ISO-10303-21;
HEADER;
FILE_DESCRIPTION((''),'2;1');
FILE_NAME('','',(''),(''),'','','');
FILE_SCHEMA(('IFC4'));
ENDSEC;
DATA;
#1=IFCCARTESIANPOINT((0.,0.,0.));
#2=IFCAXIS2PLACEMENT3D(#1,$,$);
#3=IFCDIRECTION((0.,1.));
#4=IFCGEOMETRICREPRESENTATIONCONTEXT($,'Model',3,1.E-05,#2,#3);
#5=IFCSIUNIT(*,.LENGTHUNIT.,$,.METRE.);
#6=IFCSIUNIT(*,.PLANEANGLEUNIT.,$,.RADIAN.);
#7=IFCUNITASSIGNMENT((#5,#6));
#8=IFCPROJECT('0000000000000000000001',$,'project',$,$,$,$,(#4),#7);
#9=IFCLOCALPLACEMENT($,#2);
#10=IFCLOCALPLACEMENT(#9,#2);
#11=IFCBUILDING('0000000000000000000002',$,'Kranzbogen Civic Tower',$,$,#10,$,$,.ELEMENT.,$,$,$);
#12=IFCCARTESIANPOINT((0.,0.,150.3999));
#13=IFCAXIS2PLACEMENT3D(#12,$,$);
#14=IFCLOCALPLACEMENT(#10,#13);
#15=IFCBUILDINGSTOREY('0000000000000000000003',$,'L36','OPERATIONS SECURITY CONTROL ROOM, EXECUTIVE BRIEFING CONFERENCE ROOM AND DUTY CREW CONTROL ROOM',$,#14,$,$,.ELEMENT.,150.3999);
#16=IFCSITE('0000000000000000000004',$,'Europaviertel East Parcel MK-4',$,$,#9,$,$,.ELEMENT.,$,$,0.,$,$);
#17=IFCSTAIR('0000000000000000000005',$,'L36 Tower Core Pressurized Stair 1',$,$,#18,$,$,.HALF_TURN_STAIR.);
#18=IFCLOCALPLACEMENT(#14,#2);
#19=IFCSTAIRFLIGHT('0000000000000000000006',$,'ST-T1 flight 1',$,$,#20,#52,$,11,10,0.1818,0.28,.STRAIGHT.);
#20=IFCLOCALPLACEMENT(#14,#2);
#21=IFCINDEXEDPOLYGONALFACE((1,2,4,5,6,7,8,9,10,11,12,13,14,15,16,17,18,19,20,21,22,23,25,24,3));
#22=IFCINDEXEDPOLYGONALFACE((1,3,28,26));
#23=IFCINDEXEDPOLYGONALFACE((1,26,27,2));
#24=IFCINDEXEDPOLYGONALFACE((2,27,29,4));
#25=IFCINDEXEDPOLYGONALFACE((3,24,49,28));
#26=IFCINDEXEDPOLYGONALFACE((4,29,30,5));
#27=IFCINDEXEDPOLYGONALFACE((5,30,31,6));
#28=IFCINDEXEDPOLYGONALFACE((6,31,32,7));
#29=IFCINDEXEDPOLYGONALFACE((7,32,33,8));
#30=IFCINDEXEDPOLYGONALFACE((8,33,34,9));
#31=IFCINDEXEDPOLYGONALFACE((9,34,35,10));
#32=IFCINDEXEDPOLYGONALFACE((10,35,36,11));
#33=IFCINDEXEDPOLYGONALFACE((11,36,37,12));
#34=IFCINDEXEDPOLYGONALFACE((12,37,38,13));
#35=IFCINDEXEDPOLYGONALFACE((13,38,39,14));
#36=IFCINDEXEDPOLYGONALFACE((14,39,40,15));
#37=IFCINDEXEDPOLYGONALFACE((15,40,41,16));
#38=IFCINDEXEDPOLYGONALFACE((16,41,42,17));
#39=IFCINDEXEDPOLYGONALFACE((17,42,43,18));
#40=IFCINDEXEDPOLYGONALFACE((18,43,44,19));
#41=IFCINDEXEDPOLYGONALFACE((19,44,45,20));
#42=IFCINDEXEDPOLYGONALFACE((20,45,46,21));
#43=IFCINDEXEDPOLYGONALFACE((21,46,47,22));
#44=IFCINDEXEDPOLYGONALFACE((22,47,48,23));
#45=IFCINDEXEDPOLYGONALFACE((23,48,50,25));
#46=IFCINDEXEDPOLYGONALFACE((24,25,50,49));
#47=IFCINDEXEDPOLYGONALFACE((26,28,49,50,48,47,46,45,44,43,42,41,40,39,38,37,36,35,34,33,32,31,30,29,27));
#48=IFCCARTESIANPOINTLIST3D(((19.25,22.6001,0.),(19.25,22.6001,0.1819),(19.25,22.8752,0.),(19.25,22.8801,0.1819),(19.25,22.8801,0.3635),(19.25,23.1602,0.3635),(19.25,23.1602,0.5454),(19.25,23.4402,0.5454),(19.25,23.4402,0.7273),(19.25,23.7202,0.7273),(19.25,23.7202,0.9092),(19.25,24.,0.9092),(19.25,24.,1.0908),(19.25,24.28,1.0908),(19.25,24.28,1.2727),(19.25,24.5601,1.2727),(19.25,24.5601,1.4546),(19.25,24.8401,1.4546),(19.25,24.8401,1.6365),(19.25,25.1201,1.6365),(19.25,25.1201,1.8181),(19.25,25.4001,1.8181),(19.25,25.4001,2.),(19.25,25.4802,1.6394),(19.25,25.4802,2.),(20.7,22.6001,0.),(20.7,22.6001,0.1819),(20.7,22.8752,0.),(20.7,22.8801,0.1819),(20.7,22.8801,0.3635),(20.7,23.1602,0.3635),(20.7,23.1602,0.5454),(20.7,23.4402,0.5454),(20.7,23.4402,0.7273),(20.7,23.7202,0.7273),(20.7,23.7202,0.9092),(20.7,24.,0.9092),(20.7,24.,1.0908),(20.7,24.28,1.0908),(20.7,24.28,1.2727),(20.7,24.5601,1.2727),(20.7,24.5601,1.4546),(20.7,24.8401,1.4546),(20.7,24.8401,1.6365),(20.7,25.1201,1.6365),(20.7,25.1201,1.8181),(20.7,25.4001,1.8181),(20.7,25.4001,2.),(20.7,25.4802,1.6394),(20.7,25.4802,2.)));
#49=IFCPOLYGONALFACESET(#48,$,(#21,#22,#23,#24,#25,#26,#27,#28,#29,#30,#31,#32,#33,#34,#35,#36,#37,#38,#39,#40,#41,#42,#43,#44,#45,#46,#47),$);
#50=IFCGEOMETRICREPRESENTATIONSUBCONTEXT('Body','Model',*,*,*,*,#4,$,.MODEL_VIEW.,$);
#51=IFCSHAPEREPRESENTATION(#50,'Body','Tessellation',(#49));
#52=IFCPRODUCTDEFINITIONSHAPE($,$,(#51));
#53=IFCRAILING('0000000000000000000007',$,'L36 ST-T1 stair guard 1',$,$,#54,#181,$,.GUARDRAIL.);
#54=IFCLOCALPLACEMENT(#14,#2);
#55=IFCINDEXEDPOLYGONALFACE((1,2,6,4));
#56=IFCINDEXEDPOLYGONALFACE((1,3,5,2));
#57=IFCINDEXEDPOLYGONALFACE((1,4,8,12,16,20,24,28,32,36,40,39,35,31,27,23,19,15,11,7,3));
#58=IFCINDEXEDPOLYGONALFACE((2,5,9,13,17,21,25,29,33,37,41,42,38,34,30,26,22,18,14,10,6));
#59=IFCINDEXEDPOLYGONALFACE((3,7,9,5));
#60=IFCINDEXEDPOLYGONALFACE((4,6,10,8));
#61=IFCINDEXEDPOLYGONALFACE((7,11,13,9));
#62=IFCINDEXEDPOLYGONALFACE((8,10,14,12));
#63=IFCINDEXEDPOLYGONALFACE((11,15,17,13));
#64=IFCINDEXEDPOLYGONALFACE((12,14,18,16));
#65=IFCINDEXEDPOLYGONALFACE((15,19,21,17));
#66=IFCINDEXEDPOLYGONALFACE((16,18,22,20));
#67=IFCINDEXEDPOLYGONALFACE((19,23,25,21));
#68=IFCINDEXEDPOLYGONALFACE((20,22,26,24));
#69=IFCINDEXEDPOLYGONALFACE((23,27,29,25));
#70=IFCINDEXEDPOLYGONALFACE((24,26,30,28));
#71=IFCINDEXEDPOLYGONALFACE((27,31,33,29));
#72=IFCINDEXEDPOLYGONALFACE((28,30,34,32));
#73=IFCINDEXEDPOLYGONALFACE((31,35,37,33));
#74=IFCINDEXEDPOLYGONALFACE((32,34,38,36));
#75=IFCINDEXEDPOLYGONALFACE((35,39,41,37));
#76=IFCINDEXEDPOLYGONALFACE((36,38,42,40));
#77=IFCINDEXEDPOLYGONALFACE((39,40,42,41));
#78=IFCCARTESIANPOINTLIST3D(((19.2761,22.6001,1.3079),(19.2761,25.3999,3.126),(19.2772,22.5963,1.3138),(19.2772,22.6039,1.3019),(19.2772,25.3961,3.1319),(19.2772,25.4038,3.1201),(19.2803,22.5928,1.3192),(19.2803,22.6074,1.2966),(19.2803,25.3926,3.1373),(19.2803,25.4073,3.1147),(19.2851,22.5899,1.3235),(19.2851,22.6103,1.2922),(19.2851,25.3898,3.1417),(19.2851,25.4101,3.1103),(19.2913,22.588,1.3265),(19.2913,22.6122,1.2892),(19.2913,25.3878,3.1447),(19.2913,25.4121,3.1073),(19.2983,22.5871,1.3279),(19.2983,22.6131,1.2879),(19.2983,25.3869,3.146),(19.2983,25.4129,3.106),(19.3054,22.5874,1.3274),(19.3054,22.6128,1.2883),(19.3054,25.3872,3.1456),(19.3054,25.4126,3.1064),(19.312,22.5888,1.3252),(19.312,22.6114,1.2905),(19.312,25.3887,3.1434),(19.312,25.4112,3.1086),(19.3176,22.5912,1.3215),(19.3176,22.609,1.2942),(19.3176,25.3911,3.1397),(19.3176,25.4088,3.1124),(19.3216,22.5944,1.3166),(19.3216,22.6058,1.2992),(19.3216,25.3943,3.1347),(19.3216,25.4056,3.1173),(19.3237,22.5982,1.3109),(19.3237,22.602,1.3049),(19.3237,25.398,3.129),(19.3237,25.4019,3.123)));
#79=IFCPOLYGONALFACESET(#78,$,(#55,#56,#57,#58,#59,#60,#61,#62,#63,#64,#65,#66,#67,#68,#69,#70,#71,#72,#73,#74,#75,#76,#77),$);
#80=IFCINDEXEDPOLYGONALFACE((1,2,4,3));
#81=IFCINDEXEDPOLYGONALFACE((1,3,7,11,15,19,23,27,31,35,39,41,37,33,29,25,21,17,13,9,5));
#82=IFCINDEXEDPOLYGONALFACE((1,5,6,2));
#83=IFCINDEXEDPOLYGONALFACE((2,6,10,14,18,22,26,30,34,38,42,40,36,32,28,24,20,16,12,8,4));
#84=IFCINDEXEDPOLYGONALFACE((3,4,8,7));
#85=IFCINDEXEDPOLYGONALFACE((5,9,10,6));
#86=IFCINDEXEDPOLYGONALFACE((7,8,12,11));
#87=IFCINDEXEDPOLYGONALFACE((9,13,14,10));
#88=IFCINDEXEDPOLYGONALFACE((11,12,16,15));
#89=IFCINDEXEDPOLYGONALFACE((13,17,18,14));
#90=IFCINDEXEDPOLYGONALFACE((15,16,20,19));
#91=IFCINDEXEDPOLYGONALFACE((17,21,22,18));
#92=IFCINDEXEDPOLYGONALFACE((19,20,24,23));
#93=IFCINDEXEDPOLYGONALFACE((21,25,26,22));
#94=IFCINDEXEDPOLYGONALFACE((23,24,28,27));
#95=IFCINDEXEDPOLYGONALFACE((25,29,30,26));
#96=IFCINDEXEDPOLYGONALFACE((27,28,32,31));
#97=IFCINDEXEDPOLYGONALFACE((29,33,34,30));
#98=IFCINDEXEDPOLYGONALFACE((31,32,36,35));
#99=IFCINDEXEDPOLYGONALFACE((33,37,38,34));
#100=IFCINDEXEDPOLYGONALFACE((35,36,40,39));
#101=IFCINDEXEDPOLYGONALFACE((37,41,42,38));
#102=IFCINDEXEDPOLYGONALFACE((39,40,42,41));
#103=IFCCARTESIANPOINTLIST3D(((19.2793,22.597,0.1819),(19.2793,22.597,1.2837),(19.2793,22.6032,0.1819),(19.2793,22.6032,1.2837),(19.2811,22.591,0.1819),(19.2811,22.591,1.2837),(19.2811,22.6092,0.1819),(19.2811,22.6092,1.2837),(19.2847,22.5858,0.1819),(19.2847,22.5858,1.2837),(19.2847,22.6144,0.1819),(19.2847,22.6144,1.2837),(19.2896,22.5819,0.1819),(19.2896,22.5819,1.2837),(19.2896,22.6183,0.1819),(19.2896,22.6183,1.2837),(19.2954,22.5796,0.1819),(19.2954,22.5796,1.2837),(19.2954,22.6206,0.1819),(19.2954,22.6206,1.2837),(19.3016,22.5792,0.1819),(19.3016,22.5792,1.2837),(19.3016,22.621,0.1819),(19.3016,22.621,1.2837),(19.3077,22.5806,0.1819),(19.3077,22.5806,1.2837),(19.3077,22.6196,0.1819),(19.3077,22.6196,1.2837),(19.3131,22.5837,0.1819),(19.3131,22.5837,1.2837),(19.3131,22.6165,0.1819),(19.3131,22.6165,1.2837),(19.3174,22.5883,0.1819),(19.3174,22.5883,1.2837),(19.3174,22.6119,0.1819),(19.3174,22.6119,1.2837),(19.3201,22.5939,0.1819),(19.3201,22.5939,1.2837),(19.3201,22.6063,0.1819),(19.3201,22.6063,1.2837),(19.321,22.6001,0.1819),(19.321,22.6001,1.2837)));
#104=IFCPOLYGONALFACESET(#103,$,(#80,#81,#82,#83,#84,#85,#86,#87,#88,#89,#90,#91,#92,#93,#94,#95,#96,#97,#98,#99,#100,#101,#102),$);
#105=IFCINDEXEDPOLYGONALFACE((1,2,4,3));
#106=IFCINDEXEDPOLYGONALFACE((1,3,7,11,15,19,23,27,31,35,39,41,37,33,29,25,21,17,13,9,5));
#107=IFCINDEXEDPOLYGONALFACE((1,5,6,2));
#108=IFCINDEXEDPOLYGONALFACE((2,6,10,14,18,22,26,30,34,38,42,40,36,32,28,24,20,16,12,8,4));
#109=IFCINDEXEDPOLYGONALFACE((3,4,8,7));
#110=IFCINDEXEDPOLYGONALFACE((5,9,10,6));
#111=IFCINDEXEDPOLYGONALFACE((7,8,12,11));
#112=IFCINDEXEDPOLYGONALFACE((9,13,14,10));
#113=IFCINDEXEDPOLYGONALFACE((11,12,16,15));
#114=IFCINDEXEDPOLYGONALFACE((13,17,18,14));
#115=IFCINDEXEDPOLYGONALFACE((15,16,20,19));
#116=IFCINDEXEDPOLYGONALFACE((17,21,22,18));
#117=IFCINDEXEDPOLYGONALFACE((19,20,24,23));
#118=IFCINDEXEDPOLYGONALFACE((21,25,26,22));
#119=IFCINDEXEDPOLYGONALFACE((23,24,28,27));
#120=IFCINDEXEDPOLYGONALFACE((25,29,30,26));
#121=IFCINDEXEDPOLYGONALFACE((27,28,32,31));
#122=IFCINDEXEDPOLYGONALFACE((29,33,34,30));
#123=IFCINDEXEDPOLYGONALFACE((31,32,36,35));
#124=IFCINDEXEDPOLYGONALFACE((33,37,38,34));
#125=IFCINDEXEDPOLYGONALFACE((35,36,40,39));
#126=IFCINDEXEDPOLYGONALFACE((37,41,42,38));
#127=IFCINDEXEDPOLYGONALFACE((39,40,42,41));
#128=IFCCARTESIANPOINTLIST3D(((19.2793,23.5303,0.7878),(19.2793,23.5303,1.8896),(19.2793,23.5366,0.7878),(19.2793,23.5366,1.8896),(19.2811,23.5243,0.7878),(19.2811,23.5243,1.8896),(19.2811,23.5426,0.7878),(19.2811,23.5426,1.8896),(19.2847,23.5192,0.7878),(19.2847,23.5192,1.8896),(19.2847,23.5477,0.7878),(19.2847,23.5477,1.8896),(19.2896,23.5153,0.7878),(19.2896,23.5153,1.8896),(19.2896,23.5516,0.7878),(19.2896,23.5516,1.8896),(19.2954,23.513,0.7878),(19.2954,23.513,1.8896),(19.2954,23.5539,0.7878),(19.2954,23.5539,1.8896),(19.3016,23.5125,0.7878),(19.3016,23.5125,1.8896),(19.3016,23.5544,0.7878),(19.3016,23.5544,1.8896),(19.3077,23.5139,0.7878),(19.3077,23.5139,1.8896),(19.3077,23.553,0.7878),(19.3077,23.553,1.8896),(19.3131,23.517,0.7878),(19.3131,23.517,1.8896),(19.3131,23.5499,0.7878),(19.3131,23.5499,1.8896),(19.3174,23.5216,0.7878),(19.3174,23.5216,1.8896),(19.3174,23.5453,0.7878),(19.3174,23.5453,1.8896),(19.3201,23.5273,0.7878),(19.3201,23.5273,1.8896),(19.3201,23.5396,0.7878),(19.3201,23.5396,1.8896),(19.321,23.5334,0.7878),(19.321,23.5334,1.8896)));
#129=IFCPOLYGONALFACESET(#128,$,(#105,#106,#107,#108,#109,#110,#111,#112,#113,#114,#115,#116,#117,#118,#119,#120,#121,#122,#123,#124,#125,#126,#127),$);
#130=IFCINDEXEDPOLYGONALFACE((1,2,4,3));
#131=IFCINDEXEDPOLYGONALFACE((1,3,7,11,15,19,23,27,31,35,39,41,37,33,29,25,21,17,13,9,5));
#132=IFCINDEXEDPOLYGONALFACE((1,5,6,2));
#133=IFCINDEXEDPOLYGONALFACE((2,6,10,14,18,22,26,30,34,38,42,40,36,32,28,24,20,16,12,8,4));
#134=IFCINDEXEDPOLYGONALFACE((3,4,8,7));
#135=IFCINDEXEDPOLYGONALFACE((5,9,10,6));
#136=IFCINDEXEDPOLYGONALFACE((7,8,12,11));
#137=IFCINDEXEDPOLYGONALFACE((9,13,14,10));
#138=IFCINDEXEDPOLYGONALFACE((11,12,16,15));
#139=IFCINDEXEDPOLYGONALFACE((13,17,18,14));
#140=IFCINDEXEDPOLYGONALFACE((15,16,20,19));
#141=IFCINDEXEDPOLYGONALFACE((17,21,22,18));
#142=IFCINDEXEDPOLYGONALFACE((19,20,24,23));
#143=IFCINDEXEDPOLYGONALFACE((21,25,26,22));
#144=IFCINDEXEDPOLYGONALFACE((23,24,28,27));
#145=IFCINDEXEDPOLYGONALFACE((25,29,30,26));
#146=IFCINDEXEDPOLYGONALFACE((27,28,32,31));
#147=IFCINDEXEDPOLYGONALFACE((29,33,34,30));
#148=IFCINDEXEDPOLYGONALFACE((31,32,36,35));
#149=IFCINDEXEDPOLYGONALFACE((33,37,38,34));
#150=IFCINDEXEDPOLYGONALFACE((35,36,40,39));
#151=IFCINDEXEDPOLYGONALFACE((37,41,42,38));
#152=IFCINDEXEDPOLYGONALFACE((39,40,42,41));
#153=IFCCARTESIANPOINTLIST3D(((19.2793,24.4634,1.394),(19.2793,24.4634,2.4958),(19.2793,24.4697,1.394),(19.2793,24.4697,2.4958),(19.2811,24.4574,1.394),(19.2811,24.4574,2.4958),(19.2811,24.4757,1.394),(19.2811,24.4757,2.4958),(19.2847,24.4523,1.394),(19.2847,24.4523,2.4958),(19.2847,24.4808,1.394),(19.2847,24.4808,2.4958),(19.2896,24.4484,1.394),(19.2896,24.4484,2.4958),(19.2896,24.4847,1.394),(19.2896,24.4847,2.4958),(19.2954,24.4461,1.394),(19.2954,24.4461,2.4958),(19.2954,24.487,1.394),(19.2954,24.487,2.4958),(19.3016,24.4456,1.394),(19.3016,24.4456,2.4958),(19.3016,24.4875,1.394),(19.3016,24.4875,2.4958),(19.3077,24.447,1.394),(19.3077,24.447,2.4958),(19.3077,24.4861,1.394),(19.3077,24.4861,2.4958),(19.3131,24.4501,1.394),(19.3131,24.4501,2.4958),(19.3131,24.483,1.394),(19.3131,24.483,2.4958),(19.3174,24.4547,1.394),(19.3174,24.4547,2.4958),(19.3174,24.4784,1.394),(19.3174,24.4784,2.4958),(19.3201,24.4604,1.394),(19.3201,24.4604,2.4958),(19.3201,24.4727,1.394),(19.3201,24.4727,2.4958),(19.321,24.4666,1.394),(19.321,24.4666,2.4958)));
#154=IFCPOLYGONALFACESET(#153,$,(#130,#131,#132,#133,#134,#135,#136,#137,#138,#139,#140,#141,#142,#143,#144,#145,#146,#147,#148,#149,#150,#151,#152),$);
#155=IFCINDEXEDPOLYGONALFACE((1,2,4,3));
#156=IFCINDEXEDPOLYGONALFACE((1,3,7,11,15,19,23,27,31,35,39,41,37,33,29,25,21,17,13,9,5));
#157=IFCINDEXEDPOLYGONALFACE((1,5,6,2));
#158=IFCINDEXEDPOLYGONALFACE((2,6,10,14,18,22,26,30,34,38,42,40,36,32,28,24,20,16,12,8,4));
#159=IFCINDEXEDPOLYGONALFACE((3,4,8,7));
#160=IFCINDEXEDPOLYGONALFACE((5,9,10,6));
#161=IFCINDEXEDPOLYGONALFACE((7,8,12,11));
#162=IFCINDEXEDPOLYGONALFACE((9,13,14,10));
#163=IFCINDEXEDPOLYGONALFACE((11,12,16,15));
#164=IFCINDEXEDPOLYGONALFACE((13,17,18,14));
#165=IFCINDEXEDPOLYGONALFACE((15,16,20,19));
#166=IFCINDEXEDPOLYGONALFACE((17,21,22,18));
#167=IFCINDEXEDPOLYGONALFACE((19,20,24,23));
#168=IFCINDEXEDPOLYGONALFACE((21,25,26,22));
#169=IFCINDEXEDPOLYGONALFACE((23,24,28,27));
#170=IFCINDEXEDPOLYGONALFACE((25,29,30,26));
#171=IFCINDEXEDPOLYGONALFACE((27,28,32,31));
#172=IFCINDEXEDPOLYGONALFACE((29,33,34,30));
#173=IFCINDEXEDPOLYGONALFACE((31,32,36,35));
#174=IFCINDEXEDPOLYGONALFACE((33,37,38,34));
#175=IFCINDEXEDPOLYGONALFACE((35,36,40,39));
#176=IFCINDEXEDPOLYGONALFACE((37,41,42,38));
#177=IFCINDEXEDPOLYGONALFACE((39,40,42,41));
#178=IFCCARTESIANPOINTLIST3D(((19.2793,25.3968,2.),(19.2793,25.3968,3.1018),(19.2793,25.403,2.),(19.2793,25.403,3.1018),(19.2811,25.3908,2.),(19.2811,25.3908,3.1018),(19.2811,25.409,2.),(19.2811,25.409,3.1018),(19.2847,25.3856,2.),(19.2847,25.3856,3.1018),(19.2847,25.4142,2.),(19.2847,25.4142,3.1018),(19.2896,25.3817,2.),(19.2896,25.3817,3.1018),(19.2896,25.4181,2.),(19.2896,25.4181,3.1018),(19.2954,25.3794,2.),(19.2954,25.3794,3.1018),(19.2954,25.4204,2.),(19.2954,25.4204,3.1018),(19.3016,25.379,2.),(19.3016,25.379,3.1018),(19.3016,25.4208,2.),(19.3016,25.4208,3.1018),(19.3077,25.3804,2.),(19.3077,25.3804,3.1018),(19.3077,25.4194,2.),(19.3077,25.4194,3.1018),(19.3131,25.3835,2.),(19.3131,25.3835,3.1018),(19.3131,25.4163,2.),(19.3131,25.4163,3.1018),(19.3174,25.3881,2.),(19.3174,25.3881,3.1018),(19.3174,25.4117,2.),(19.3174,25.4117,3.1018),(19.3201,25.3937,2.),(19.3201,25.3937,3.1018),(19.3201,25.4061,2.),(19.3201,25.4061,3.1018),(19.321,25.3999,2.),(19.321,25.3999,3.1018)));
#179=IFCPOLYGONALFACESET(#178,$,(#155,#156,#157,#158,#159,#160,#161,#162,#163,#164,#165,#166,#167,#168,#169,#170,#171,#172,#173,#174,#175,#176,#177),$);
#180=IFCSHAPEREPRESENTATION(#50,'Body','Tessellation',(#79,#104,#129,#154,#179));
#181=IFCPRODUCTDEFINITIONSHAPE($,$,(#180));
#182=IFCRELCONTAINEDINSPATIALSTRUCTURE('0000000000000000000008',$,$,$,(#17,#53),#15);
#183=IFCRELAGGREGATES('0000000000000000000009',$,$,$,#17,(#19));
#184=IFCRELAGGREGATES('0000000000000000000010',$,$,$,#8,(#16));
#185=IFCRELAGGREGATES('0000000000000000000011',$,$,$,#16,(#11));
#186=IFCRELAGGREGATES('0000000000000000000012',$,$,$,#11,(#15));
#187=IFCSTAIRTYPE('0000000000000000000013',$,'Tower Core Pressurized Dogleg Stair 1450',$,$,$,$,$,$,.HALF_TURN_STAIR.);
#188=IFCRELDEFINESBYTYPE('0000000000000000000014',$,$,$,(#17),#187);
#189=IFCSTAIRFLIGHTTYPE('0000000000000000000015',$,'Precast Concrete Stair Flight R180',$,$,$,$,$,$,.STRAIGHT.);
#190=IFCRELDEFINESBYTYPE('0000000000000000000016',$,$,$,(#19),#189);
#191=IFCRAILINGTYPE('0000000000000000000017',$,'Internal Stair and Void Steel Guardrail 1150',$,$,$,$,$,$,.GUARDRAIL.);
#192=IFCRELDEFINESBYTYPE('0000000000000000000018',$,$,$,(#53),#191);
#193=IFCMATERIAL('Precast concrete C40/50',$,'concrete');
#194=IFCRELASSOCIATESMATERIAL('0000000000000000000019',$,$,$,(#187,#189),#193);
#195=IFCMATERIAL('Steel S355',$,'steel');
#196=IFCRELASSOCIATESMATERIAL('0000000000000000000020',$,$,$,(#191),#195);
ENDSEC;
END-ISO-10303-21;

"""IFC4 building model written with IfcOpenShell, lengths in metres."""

from ifc_helpers import new_model, si_unit, direction, frame, origin, origin_2d, place, context, subcontext, project, spatial, polyline, circle, outline, extrude, material, type_object, element, aggregate, save


model = new_model("IFC4")

# Units and contexts
model_context = context("Model", 3, precision=1e-05, world=origin(), true_north=direction((0.0, 1.0)))
body_context = subcontext(model_context, "Body", "Model", "MODEL_VIEW")
ifc_project = project(units=[si_unit("LENGTHUNIT", "METRE"), si_unit("PLANEANGLEUNIT", "RADIAN")], contexts=[model_context])

# Site, building, storey
site_placement = place(None, origin())
site = spatial("IfcSite", under=ifc_project, at=site_placement, Name="Europaviertel East Parcel MK-4", CompositionType="ELEMENT", RefElevation=0.0)
building_placement = place(site_placement, origin())
building = spatial("IfcBuilding", under=site, at=building_placement, Name="Kranzbogen Civic Tower", CompositionType="ELEMENT")
storey_placement = place(building_placement, frame((0.0, 0.0, 150.3999)))
storey = spatial("IfcBuildingStorey", under=building, at=storey_placement, Name="L36", Description="OPERATIONS SECURITY CONTROL ROOM, EXECUTIVE BRIEFING CONFERENCE ROOM AND DUTY CREW CONTROL ROOM", CompositionType="ELEMENT", Elevation=150.3999)

# Shared definitions
ifc_material_1 = material(Name="Steel S355", Category="steel")

# Stair, stair flight
ifc_material_2 = material(Name="Precast concrete C40/50", Category="concrete")
stair_type = type_object("IfcStairType", Name="Tower Core Pressurized Dogleg Stair 1450", PredefinedType="HALF_TURN_STAIR", material=ifc_material_2)
stair_placement = place(storey_placement, origin())
stair = element("IfcStair", 1, at=stair_placement, inside=storey, type_object=stair_type, Name="L36 Tower Core Pressurized Stair 1", PredefinedType="HALF_TURN_STAIR")
stair_flight_type = type_object("IfcStairFlightType", Name="Precast Concrete Stair Flight R180", PredefinedType="STRAIGHT", material=ifc_material_2)
stair_flight_placement = place(storey_placement, frame((19.9751, 22.6001, 0.0), z_axis=(0.0, 0.0, 1.0), x_axis=(0.0, 1.0, 0.0)))
stair_flight = element("IfcStairFlight", 2, at=stair_flight_placement, type_object=stair_flight_type, Name="ST-T1 flight 1", NumberOfRisers=11, NumberOfTreads=10, PredefinedType="STRAIGHT", RiserHeight=0.1818, TreadLength=0.28, context=body_context, shape_type="SweptSolid", body=[
    extrude(outline(polyline([(0.0, 0.0), (0.0, 0.1819), (0.28, 0.1819), (0.28, 0.3635), (0.5601, 0.3635), (0.5601, 0.5454), (0.8401, 0.5454), (0.8401, 0.7273), (1.1201, 0.7273), (1.1201, 0.9092), (1.3999, 0.9092), (1.3999, 1.0908), (1.6799, 1.0908), (1.6799, 1.2727), (1.96, 1.2727), (1.96, 1.4546), (2.24, 1.4546), (2.24, 1.6365), (2.52, 1.6365), (2.52, 1.8181), (2.8, 1.8181), (2.8, 2.0), (2.8801, 2.0), (2.8801, 1.6394), (0.2751, 0.0), (0.0, 0.0)])), frame((0.0, 0.7251, 0.0), z_axis=(0.0, -1.0, 0.0), x_axis=(1.0, 0.0, 0.0)), (0.0, 0.0, 1.0), 1.45),
])
aggregate(stair, [stair_flight])

# Railing
railing_type_1 = type_object("IfcRailingType", Name="Internal Stair and Void Steel Guardrail 1150", PredefinedType="GUARDRAIL", material=ifc_material_1)
railing_1_placement = place(storey_placement, frame((19.3, 22.6001, 0.1819)))
element("IfcRailing", 3, at=railing_1_placement, inside=storey, type_object=railing_type_1, Name="L36 ST-T1 stair guard 1", PredefinedType="GUARDRAIL", context=body_context, shape_type="SweptSolid", body=[
    extrude(circle(Radius=0.0239, at=origin_2d()), frame((0.0, 0.0, 1.126), z_axis=(0.0, 0.838684, 0.544618), x_axis=(-1.0, 0.0, 0.0)), (0.0, 0.0, 1.0), 3.3384),
    extrude(circle(Radius=0.021, at=origin_2d()), origin(), (0.0, 0.0, 1.0), 1.1018),
    extrude(circle(Radius=0.021, at=origin_2d()), frame((0.0, 0.9333, 0.606)), (0.0, 0.0, 1.0), 1.1018),
    extrude(circle(Radius=0.021, at=origin_2d()), frame((0.0, 1.8665, 1.2122)), (0.0, 0.0, 1.0), 1.1018),
    extrude(circle(Radius=0.021, at=origin_2d()), frame((0.0, 2.7998, 1.8181)), (0.0, 0.0, 1.0), 1.1018),
])

save(model, "model.ifc")
